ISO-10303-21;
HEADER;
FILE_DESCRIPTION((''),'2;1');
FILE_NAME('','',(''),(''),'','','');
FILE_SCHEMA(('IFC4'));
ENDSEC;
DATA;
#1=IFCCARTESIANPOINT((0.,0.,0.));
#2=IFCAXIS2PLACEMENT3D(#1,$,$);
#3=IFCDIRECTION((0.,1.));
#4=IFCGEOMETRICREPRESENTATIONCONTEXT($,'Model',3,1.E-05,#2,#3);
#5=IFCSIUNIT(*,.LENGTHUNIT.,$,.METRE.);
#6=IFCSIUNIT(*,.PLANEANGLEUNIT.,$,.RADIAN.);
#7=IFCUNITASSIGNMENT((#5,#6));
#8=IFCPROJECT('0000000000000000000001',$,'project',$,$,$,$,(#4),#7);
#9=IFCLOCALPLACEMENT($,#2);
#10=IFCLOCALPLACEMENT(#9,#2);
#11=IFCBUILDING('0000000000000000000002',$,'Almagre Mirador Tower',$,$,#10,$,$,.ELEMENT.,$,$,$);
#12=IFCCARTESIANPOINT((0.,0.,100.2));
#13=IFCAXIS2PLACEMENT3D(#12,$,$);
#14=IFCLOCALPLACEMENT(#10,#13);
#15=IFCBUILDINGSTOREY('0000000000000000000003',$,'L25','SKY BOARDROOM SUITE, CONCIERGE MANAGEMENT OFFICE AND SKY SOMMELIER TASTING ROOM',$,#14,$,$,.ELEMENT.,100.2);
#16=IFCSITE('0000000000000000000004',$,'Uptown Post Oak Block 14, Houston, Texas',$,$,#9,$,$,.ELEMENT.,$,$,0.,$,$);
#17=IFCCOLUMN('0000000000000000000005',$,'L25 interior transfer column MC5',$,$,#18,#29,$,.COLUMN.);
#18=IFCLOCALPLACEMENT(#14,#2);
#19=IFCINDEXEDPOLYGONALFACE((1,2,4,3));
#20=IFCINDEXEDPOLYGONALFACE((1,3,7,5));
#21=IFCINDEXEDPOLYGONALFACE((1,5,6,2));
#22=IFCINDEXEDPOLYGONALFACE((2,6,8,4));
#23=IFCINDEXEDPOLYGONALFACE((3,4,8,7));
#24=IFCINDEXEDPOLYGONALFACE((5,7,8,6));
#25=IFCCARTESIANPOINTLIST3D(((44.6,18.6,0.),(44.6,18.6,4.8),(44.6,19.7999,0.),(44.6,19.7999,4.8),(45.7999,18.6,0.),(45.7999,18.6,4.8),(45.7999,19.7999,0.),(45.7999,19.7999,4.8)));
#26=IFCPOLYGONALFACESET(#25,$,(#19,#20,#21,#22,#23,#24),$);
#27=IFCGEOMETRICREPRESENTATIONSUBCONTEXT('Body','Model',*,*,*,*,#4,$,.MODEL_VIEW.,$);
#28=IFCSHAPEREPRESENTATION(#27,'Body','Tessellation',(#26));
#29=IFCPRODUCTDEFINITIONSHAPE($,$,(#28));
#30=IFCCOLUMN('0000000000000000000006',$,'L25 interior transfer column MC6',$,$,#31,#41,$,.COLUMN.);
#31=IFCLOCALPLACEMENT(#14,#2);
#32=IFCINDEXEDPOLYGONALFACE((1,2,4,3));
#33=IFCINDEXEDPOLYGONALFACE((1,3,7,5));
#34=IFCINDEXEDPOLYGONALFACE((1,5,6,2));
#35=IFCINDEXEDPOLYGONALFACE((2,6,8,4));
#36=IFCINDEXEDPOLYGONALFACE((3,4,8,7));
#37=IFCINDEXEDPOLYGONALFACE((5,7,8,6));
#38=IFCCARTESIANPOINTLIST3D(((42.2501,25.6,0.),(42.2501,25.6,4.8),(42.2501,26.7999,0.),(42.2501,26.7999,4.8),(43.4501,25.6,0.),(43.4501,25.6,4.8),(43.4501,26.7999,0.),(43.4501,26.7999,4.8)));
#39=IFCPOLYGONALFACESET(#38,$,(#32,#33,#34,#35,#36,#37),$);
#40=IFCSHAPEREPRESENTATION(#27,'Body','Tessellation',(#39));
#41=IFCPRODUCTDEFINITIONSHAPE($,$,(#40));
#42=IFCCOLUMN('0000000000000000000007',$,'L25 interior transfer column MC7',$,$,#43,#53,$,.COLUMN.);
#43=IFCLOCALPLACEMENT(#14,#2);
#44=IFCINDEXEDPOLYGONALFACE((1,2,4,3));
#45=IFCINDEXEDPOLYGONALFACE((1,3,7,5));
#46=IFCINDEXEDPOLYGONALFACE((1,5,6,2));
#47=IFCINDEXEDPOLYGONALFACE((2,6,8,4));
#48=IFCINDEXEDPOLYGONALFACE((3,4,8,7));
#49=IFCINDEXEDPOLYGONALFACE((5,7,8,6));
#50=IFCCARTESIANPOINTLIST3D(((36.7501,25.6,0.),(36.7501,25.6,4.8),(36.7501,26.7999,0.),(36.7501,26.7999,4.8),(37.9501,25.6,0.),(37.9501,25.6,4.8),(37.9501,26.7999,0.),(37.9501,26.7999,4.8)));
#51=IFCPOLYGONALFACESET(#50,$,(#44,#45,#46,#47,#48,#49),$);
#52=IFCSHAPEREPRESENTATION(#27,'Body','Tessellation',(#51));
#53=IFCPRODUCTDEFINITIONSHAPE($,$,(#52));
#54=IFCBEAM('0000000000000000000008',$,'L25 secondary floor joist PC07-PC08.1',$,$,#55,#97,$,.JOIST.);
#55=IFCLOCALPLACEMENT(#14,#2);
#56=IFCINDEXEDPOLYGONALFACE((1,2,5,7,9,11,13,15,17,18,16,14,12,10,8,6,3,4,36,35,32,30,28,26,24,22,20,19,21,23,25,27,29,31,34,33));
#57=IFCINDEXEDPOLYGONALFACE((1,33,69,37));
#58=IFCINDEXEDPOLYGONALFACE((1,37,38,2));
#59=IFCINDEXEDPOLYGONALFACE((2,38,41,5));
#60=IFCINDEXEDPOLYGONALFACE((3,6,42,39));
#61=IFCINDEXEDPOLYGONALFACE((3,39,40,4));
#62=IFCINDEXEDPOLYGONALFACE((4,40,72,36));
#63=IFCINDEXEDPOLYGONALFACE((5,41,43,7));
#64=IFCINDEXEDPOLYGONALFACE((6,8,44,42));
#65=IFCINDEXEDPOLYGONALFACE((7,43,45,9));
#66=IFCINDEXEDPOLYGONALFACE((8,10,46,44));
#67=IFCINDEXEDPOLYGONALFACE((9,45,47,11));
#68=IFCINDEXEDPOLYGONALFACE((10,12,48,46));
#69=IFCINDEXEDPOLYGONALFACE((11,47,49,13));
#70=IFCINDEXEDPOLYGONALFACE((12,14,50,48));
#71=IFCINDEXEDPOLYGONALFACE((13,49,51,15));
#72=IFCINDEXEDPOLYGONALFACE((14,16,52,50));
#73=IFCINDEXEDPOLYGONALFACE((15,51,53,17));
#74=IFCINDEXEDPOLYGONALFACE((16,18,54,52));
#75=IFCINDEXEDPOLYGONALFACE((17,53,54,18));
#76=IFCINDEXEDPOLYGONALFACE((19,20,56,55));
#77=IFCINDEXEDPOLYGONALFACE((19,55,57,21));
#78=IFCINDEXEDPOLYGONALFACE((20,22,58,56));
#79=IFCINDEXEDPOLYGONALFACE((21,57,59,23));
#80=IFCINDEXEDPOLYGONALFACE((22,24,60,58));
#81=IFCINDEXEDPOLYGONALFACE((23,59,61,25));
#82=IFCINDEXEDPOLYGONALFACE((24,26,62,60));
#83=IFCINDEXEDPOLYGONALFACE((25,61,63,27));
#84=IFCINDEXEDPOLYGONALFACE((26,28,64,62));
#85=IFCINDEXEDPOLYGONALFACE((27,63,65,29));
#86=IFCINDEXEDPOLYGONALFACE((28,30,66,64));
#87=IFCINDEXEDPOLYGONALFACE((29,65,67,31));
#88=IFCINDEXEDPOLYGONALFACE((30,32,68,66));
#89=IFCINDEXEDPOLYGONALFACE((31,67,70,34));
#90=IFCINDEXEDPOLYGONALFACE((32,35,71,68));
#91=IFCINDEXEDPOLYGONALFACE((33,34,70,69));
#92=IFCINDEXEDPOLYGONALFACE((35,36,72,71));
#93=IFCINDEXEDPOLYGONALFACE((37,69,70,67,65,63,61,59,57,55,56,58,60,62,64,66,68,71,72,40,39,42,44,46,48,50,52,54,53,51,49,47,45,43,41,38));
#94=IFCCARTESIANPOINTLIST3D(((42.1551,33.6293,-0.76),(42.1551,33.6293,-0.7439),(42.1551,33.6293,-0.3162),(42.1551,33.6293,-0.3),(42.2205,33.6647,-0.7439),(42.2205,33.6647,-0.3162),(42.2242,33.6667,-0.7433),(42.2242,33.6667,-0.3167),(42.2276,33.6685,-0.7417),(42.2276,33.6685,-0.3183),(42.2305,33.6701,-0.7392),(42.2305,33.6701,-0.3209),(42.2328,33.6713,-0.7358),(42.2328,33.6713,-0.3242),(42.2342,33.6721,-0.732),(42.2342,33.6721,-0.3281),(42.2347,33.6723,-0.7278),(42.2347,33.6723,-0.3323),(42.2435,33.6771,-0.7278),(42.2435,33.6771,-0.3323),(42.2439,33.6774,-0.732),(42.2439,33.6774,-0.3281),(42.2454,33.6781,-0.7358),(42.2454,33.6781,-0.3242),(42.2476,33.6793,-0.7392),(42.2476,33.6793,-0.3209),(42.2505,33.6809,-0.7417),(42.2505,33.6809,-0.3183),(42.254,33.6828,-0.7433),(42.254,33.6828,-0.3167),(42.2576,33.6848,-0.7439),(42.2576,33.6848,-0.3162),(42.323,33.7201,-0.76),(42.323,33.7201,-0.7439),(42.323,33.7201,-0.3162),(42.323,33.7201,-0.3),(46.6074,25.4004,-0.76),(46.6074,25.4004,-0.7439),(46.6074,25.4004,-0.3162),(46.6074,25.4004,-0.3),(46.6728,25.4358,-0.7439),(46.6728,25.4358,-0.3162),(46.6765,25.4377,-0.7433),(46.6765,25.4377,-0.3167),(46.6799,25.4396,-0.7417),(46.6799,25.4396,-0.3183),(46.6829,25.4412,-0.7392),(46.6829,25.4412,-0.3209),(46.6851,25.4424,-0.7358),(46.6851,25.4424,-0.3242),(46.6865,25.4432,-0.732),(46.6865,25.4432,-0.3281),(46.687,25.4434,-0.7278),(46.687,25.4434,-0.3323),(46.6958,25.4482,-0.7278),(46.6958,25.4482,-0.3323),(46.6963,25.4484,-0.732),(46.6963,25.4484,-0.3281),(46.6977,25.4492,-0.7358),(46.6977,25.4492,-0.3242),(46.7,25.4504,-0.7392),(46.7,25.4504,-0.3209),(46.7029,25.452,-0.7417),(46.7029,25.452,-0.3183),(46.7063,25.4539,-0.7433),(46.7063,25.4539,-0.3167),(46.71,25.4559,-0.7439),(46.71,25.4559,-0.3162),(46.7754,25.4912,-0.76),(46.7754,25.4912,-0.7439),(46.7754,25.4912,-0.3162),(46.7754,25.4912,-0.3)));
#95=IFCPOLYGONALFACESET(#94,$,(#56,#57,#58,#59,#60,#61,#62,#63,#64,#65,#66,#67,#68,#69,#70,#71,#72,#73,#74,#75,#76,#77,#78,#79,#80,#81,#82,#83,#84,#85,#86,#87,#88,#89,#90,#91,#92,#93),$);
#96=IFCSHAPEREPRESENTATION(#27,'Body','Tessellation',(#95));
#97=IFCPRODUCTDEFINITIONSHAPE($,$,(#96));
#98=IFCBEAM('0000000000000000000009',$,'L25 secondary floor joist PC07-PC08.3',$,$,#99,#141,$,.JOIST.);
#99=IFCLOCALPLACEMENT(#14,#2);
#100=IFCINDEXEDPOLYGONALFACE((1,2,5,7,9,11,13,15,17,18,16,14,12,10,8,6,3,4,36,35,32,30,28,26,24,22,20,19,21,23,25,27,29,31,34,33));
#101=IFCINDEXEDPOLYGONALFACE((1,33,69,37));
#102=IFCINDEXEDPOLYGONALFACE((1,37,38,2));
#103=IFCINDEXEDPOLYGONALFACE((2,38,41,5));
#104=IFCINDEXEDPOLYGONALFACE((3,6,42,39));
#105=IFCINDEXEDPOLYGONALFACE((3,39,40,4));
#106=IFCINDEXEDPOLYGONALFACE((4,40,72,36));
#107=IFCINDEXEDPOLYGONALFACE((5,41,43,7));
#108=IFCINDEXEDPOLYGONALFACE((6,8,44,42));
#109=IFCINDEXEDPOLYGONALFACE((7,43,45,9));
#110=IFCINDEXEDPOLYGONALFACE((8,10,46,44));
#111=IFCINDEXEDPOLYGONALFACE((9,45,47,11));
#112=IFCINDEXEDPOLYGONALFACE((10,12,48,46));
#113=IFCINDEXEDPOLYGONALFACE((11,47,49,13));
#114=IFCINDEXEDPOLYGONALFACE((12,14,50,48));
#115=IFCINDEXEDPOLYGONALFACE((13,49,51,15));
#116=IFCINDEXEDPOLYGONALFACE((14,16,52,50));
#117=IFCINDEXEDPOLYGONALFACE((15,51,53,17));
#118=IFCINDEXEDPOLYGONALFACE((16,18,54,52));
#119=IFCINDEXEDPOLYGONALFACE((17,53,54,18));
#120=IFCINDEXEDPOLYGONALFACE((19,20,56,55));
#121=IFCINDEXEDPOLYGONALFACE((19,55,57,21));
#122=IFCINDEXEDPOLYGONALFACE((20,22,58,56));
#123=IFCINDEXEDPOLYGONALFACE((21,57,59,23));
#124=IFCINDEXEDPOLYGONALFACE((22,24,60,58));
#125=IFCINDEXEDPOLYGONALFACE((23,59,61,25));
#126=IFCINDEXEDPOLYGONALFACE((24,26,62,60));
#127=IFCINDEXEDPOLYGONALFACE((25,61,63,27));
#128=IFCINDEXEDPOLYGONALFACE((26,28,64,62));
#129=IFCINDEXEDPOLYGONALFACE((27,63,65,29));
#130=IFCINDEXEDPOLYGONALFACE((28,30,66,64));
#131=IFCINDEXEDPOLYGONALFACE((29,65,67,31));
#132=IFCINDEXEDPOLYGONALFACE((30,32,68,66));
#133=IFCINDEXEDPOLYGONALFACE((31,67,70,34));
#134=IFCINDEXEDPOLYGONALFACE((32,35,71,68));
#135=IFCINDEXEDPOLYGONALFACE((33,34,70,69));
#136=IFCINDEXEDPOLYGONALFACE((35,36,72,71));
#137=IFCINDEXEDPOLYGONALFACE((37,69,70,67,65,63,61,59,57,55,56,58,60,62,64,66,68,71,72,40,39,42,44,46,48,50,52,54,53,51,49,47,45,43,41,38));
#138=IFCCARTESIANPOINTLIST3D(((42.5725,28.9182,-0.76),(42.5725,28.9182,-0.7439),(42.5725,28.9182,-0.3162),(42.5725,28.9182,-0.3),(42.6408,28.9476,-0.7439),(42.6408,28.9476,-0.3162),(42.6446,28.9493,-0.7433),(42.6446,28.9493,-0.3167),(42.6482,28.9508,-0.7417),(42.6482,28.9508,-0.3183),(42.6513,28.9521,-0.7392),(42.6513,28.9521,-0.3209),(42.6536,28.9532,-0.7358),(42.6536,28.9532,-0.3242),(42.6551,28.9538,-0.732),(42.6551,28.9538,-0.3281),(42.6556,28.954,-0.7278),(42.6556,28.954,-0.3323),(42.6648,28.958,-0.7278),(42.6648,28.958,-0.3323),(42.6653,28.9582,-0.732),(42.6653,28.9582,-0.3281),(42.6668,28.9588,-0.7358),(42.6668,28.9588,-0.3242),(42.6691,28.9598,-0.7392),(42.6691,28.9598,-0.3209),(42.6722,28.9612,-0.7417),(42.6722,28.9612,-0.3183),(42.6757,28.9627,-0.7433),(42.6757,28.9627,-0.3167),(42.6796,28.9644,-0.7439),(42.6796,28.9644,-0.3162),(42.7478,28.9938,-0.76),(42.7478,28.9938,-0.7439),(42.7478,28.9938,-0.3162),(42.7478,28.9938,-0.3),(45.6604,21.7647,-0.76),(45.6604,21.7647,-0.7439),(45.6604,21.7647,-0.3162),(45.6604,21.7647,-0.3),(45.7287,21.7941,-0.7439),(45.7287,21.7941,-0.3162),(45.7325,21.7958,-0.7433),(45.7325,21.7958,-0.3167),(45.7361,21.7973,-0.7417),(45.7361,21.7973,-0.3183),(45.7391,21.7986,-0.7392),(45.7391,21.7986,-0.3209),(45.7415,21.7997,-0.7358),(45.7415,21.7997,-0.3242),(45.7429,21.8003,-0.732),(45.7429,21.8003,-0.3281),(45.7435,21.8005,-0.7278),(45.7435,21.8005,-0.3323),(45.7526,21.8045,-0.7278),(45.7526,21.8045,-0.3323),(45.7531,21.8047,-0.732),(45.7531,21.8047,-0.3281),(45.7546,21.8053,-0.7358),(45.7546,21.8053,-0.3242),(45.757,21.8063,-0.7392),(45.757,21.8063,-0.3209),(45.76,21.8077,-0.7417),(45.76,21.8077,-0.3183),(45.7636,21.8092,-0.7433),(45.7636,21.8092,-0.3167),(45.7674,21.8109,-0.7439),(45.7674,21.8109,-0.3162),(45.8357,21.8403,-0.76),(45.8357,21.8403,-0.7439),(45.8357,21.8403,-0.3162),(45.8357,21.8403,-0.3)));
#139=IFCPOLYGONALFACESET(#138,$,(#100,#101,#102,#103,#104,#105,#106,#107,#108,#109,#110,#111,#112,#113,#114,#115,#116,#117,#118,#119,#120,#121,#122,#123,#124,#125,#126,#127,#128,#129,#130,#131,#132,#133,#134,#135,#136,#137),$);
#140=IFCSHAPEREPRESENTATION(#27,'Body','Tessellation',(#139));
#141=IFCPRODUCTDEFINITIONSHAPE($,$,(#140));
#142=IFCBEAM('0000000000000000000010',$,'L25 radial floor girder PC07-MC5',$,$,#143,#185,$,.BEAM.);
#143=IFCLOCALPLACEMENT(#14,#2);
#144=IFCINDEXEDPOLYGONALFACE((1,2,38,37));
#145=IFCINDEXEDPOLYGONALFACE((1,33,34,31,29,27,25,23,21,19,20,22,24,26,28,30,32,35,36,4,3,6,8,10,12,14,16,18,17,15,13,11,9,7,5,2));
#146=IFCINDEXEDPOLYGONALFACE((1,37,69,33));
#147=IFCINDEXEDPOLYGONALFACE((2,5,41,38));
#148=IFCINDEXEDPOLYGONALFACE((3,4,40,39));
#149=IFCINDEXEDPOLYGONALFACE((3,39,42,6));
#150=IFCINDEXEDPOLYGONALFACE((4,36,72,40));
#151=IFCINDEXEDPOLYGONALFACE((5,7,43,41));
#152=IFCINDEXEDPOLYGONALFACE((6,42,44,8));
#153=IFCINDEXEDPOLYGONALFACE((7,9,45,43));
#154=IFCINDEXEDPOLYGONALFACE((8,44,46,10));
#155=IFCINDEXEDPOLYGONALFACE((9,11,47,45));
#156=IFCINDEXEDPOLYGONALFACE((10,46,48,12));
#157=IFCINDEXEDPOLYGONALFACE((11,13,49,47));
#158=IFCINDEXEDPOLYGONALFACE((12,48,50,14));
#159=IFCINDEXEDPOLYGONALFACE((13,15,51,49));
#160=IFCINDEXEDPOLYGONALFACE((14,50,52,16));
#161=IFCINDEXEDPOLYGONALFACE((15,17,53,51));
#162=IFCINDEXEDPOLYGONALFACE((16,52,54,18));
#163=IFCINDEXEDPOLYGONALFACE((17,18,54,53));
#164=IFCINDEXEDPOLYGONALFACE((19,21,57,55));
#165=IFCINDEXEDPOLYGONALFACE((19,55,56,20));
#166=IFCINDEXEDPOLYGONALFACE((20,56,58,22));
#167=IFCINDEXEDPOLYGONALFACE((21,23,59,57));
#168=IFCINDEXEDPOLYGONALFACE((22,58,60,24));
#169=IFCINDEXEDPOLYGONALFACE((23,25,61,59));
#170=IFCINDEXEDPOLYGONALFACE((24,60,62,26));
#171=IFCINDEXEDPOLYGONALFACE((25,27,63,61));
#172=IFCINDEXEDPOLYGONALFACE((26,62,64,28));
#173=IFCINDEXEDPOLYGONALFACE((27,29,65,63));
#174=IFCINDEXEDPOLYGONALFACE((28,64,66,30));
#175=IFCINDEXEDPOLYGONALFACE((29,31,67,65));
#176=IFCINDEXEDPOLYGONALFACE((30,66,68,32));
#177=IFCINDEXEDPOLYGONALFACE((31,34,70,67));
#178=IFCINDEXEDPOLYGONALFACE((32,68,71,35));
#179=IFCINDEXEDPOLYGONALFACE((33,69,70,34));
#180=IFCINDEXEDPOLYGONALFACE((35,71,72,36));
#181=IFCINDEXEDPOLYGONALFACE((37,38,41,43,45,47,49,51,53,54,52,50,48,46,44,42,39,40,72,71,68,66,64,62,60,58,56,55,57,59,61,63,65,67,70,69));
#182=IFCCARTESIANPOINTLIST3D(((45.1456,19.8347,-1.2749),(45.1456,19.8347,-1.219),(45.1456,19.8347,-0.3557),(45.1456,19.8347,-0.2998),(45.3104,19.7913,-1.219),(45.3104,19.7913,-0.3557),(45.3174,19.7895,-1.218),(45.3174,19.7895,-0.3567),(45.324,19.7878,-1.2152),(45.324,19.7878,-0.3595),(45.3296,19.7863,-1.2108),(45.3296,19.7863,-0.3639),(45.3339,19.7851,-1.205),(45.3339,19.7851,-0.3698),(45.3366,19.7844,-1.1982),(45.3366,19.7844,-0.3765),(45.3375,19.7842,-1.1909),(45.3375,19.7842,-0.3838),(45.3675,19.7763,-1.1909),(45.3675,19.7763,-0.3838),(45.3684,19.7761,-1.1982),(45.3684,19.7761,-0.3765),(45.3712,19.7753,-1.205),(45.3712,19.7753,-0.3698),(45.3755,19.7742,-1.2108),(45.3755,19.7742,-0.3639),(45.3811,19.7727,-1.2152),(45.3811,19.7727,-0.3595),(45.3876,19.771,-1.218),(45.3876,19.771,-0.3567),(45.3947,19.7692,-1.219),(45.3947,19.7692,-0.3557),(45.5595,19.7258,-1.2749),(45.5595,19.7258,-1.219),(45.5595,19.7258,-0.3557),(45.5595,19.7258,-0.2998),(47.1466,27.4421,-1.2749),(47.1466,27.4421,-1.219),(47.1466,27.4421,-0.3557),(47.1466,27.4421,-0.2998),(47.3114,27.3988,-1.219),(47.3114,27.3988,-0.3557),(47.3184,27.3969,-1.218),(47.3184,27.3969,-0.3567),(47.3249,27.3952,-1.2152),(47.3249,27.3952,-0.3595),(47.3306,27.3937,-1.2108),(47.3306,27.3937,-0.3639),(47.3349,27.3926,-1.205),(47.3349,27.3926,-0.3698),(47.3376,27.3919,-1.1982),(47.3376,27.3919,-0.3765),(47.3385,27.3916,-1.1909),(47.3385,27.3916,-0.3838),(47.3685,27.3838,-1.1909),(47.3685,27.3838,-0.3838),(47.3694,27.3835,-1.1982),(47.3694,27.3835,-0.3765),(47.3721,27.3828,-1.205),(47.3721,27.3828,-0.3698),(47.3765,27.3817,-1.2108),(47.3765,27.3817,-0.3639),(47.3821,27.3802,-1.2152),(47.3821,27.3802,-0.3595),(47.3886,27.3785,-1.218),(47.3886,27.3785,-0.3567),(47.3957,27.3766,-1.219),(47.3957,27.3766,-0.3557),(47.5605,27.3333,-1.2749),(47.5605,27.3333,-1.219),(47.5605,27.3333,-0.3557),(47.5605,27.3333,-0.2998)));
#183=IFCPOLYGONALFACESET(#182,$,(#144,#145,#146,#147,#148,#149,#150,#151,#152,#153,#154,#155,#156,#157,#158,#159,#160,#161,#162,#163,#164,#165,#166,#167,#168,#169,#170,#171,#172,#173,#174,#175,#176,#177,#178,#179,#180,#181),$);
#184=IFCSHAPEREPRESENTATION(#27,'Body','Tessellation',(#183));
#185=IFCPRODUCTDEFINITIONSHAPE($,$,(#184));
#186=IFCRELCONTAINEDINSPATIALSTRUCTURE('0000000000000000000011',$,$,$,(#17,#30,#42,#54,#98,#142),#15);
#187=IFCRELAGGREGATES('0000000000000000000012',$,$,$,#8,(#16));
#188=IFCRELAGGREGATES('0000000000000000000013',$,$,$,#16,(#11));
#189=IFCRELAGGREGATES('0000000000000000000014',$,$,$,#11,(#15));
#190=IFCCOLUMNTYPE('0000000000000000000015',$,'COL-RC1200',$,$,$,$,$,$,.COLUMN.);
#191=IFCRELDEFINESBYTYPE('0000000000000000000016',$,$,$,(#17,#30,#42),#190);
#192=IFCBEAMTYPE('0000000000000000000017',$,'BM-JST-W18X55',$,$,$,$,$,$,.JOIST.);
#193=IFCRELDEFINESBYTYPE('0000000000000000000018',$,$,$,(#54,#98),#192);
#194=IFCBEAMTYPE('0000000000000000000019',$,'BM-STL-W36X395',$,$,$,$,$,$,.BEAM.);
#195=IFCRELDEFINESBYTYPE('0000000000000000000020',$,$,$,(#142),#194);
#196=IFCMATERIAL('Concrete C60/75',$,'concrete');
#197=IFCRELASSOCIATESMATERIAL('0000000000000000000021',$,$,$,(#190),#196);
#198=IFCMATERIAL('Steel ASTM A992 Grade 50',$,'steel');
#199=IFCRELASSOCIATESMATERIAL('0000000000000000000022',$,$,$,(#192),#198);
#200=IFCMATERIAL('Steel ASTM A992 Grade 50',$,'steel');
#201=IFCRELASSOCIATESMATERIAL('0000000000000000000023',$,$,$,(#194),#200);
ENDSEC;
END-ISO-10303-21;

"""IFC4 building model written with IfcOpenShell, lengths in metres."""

from ifc_helpers import new_model, si_unit, direction, frame, origin, origin_2d, place, context, subcontext, project, spatial, rectangle, i_section, extrude, material, material_profile, profile_set, type_object, element, save


model = new_model("IFC4")

# Units and contexts
model_context = context("Model", 3, precision=1e-05, world=origin(), true_north=direction((0.0, 1.0)))
body_context = subcontext(model_context, "Body", "Model", "MODEL_VIEW")
ifc_project = project(units=[si_unit("LENGTHUNIT", "METRE"), si_unit("PLANEANGLEUNIT", "RADIAN")], contexts=[model_context])

# Site, building, storey
site_placement = place(None, origin())
site = spatial("IfcSite", under=ifc_project, at=site_placement, Name="Uptown Post Oak Block 14, Houston, Texas", CompositionType="ELEMENT", RefElevation=0.0)
building_placement = place(site_placement, origin())
building = spatial("IfcBuilding", under=site, at=building_placement, Name="Almagre Mirador Tower", CompositionType="ELEMENT")
storey_placement = place(building_placement, frame((0.0, 0.0, 100.2)))
storey = spatial("IfcBuildingStorey", under=building, at=storey_placement, Name="L25", Description="SKY BOARDROOM SUITE, CONCIERGE MANAGEMENT OFFICE AND SKY SOMMELIER TASTING ROOM", CompositionType="ELEMENT", Elevation=100.2)

# Columns
ifc_material_1 = material(Name="Concrete C60/75", Category="concrete")
ifc_material_profile_1 = material_profile(ifc_material_1, rectangle(XDim=1.2, YDim=1.2, at=origin_2d()), Name="RC1200X1200")
ifc_profile_set_1 = profile_set([ifc_material_profile_1], Name="Concrete C60/75")
column_type = type_object("IfcColumnType", Name="COL-RC1200", PredefinedType="COLUMN", material=ifc_profile_set_1)
for number, where, z_axis, x_axis, name in (
    (1, (45.2, 19.2, 0.0), (0.0, 0.0, 1.0), (1.0, 0.0, 0.0), "L25 interior transfer column MC5"),
    (2, (42.8501, 26.2, 0.0), (0.0, 0.0, 1.0), (1.0, 0.0, 0.0), "L25 interior transfer column MC6"),
    (3, (37.3501, 26.2, 0.0), (0.0, 0.0, 1.0), (1.0, 0.0, 0.0), "L25 interior transfer column MC7"),
):
    element("IfcColumn", number, at=place(storey_placement, frame(where, z_axis=z_axis, x_axis=x_axis)), inside=storey, type_object=column_type, Name=name, PredefinedType="COLUMN", context=body_context, shape_type="SweptSolid", body=[
        extrude(rectangle(XDim=1.2, YDim=1.2, at=origin_2d()), origin(), (0.0, 0.0, 1.0), 4.8),
    ])

# Beams
ifc_material_2 = material(Name="Steel ASTM A992 Grade 50", Category="steel")
ifc_material_profile_2 = material_profile(ifc_material_2, i_section(OverallWidth=0.1909, OverallDepth=0.46, WebThickness=0.01, FlangeThickness=0.0161, FilletRadius=0.0161, at=origin_2d()), Name="W18X55")
ifc_profile_set_2 = profile_set([ifc_material_profile_2], Name="Steel ASTM A992 Grade 50")
beam_type_1 = type_object("IfcBeamType", Name="BM-JST-W18X55", PredefinedType="JOIST", material=ifc_profile_set_2)
beam_1_placement = place(storey_placement, frame((46.6914, 25.4458, -0.53), z_axis=(-0.475871, 0.879515, 0.0), x_axis=(-0.879515, -0.475871, 0.0)))
element("IfcBeam", 4, at=beam_1_placement, inside=storey, type_object=beam_type_1, Name="L25 secondary floor joist PC07-PC08.1", PredefinedType="JOIST", context=body_context, shape_type="SweptSolid", body=[
    extrude(i_section(OverallWidth=0.1909, OverallDepth=0.46, WebThickness=0.01, FlangeThickness=0.0161, FilletRadius=0.0161, at=origin_2d()), origin(), (0.0, 0.0, 1.0), 9.3562),
])
beam_2_placement = place(storey_placement, frame((45.748, 21.8025, -0.53), z_axis=(-0.396312, 0.918116, 0.0), x_axis=(-0.918116, -0.396312, 0.0)))
element("IfcBeam", 5, at=beam_2_placement, inside=storey, type_object=beam_type_1, Name="L25 secondary floor joist PC07-PC08.3", PredefinedType="JOIST", context=body_context, shape_type="SweptSolid", body=[
    extrude(i_section(OverallWidth=0.1909, OverallDepth=0.46, WebThickness=0.01, FlangeThickness=0.0161, FilletRadius=0.0161, at=origin_2d()), origin(), (0.0, 0.0, 1.0), 7.7915),
])
ifc_material_3 = material(Name="Steel ASTM A992 Grade 50", Category="steel")
ifc_material_profile_3 = material_profile(ifc_material_3, i_section(OverallWidth=0.428, OverallDepth=0.9751, WebThickness=0.031, FlangeThickness=0.0559, FilletRadius=0.0281, at=origin_2d()), Name="W36X395")
ifc_profile_set_3 = profile_set([ifc_material_profile_3], Name="Steel ASTM A992 Grade 50")
beam_type_2 = type_object("IfcBeamType", Name="BM-STL-W36X395", PredefinedType="BEAM", material=ifc_profile_set_3)
beam_3_placement = place(storey_placement, frame((47.3535, 27.3877, -0.7874), z_axis=(-0.254377, -0.967105, 0.0), x_axis=(0.967105, -0.254377, 0.0)))
element("IfcBeam", 6, at=beam_3_placement, inside=storey, type_object=beam_type_2, Name="L25 radial floor girder PC07-MC5", PredefinedType="BEAM", context=body_context, shape_type="SweptSolid", body=[
    extrude(i_section(OverallWidth=0.428, OverallDepth=0.9751, WebThickness=0.031, FlangeThickness=0.0559, FilletRadius=0.0281, at=origin_2d()), origin(), (0.0, 0.0, 1.0), 7.8662),
])

save(model, "model.ifc")
